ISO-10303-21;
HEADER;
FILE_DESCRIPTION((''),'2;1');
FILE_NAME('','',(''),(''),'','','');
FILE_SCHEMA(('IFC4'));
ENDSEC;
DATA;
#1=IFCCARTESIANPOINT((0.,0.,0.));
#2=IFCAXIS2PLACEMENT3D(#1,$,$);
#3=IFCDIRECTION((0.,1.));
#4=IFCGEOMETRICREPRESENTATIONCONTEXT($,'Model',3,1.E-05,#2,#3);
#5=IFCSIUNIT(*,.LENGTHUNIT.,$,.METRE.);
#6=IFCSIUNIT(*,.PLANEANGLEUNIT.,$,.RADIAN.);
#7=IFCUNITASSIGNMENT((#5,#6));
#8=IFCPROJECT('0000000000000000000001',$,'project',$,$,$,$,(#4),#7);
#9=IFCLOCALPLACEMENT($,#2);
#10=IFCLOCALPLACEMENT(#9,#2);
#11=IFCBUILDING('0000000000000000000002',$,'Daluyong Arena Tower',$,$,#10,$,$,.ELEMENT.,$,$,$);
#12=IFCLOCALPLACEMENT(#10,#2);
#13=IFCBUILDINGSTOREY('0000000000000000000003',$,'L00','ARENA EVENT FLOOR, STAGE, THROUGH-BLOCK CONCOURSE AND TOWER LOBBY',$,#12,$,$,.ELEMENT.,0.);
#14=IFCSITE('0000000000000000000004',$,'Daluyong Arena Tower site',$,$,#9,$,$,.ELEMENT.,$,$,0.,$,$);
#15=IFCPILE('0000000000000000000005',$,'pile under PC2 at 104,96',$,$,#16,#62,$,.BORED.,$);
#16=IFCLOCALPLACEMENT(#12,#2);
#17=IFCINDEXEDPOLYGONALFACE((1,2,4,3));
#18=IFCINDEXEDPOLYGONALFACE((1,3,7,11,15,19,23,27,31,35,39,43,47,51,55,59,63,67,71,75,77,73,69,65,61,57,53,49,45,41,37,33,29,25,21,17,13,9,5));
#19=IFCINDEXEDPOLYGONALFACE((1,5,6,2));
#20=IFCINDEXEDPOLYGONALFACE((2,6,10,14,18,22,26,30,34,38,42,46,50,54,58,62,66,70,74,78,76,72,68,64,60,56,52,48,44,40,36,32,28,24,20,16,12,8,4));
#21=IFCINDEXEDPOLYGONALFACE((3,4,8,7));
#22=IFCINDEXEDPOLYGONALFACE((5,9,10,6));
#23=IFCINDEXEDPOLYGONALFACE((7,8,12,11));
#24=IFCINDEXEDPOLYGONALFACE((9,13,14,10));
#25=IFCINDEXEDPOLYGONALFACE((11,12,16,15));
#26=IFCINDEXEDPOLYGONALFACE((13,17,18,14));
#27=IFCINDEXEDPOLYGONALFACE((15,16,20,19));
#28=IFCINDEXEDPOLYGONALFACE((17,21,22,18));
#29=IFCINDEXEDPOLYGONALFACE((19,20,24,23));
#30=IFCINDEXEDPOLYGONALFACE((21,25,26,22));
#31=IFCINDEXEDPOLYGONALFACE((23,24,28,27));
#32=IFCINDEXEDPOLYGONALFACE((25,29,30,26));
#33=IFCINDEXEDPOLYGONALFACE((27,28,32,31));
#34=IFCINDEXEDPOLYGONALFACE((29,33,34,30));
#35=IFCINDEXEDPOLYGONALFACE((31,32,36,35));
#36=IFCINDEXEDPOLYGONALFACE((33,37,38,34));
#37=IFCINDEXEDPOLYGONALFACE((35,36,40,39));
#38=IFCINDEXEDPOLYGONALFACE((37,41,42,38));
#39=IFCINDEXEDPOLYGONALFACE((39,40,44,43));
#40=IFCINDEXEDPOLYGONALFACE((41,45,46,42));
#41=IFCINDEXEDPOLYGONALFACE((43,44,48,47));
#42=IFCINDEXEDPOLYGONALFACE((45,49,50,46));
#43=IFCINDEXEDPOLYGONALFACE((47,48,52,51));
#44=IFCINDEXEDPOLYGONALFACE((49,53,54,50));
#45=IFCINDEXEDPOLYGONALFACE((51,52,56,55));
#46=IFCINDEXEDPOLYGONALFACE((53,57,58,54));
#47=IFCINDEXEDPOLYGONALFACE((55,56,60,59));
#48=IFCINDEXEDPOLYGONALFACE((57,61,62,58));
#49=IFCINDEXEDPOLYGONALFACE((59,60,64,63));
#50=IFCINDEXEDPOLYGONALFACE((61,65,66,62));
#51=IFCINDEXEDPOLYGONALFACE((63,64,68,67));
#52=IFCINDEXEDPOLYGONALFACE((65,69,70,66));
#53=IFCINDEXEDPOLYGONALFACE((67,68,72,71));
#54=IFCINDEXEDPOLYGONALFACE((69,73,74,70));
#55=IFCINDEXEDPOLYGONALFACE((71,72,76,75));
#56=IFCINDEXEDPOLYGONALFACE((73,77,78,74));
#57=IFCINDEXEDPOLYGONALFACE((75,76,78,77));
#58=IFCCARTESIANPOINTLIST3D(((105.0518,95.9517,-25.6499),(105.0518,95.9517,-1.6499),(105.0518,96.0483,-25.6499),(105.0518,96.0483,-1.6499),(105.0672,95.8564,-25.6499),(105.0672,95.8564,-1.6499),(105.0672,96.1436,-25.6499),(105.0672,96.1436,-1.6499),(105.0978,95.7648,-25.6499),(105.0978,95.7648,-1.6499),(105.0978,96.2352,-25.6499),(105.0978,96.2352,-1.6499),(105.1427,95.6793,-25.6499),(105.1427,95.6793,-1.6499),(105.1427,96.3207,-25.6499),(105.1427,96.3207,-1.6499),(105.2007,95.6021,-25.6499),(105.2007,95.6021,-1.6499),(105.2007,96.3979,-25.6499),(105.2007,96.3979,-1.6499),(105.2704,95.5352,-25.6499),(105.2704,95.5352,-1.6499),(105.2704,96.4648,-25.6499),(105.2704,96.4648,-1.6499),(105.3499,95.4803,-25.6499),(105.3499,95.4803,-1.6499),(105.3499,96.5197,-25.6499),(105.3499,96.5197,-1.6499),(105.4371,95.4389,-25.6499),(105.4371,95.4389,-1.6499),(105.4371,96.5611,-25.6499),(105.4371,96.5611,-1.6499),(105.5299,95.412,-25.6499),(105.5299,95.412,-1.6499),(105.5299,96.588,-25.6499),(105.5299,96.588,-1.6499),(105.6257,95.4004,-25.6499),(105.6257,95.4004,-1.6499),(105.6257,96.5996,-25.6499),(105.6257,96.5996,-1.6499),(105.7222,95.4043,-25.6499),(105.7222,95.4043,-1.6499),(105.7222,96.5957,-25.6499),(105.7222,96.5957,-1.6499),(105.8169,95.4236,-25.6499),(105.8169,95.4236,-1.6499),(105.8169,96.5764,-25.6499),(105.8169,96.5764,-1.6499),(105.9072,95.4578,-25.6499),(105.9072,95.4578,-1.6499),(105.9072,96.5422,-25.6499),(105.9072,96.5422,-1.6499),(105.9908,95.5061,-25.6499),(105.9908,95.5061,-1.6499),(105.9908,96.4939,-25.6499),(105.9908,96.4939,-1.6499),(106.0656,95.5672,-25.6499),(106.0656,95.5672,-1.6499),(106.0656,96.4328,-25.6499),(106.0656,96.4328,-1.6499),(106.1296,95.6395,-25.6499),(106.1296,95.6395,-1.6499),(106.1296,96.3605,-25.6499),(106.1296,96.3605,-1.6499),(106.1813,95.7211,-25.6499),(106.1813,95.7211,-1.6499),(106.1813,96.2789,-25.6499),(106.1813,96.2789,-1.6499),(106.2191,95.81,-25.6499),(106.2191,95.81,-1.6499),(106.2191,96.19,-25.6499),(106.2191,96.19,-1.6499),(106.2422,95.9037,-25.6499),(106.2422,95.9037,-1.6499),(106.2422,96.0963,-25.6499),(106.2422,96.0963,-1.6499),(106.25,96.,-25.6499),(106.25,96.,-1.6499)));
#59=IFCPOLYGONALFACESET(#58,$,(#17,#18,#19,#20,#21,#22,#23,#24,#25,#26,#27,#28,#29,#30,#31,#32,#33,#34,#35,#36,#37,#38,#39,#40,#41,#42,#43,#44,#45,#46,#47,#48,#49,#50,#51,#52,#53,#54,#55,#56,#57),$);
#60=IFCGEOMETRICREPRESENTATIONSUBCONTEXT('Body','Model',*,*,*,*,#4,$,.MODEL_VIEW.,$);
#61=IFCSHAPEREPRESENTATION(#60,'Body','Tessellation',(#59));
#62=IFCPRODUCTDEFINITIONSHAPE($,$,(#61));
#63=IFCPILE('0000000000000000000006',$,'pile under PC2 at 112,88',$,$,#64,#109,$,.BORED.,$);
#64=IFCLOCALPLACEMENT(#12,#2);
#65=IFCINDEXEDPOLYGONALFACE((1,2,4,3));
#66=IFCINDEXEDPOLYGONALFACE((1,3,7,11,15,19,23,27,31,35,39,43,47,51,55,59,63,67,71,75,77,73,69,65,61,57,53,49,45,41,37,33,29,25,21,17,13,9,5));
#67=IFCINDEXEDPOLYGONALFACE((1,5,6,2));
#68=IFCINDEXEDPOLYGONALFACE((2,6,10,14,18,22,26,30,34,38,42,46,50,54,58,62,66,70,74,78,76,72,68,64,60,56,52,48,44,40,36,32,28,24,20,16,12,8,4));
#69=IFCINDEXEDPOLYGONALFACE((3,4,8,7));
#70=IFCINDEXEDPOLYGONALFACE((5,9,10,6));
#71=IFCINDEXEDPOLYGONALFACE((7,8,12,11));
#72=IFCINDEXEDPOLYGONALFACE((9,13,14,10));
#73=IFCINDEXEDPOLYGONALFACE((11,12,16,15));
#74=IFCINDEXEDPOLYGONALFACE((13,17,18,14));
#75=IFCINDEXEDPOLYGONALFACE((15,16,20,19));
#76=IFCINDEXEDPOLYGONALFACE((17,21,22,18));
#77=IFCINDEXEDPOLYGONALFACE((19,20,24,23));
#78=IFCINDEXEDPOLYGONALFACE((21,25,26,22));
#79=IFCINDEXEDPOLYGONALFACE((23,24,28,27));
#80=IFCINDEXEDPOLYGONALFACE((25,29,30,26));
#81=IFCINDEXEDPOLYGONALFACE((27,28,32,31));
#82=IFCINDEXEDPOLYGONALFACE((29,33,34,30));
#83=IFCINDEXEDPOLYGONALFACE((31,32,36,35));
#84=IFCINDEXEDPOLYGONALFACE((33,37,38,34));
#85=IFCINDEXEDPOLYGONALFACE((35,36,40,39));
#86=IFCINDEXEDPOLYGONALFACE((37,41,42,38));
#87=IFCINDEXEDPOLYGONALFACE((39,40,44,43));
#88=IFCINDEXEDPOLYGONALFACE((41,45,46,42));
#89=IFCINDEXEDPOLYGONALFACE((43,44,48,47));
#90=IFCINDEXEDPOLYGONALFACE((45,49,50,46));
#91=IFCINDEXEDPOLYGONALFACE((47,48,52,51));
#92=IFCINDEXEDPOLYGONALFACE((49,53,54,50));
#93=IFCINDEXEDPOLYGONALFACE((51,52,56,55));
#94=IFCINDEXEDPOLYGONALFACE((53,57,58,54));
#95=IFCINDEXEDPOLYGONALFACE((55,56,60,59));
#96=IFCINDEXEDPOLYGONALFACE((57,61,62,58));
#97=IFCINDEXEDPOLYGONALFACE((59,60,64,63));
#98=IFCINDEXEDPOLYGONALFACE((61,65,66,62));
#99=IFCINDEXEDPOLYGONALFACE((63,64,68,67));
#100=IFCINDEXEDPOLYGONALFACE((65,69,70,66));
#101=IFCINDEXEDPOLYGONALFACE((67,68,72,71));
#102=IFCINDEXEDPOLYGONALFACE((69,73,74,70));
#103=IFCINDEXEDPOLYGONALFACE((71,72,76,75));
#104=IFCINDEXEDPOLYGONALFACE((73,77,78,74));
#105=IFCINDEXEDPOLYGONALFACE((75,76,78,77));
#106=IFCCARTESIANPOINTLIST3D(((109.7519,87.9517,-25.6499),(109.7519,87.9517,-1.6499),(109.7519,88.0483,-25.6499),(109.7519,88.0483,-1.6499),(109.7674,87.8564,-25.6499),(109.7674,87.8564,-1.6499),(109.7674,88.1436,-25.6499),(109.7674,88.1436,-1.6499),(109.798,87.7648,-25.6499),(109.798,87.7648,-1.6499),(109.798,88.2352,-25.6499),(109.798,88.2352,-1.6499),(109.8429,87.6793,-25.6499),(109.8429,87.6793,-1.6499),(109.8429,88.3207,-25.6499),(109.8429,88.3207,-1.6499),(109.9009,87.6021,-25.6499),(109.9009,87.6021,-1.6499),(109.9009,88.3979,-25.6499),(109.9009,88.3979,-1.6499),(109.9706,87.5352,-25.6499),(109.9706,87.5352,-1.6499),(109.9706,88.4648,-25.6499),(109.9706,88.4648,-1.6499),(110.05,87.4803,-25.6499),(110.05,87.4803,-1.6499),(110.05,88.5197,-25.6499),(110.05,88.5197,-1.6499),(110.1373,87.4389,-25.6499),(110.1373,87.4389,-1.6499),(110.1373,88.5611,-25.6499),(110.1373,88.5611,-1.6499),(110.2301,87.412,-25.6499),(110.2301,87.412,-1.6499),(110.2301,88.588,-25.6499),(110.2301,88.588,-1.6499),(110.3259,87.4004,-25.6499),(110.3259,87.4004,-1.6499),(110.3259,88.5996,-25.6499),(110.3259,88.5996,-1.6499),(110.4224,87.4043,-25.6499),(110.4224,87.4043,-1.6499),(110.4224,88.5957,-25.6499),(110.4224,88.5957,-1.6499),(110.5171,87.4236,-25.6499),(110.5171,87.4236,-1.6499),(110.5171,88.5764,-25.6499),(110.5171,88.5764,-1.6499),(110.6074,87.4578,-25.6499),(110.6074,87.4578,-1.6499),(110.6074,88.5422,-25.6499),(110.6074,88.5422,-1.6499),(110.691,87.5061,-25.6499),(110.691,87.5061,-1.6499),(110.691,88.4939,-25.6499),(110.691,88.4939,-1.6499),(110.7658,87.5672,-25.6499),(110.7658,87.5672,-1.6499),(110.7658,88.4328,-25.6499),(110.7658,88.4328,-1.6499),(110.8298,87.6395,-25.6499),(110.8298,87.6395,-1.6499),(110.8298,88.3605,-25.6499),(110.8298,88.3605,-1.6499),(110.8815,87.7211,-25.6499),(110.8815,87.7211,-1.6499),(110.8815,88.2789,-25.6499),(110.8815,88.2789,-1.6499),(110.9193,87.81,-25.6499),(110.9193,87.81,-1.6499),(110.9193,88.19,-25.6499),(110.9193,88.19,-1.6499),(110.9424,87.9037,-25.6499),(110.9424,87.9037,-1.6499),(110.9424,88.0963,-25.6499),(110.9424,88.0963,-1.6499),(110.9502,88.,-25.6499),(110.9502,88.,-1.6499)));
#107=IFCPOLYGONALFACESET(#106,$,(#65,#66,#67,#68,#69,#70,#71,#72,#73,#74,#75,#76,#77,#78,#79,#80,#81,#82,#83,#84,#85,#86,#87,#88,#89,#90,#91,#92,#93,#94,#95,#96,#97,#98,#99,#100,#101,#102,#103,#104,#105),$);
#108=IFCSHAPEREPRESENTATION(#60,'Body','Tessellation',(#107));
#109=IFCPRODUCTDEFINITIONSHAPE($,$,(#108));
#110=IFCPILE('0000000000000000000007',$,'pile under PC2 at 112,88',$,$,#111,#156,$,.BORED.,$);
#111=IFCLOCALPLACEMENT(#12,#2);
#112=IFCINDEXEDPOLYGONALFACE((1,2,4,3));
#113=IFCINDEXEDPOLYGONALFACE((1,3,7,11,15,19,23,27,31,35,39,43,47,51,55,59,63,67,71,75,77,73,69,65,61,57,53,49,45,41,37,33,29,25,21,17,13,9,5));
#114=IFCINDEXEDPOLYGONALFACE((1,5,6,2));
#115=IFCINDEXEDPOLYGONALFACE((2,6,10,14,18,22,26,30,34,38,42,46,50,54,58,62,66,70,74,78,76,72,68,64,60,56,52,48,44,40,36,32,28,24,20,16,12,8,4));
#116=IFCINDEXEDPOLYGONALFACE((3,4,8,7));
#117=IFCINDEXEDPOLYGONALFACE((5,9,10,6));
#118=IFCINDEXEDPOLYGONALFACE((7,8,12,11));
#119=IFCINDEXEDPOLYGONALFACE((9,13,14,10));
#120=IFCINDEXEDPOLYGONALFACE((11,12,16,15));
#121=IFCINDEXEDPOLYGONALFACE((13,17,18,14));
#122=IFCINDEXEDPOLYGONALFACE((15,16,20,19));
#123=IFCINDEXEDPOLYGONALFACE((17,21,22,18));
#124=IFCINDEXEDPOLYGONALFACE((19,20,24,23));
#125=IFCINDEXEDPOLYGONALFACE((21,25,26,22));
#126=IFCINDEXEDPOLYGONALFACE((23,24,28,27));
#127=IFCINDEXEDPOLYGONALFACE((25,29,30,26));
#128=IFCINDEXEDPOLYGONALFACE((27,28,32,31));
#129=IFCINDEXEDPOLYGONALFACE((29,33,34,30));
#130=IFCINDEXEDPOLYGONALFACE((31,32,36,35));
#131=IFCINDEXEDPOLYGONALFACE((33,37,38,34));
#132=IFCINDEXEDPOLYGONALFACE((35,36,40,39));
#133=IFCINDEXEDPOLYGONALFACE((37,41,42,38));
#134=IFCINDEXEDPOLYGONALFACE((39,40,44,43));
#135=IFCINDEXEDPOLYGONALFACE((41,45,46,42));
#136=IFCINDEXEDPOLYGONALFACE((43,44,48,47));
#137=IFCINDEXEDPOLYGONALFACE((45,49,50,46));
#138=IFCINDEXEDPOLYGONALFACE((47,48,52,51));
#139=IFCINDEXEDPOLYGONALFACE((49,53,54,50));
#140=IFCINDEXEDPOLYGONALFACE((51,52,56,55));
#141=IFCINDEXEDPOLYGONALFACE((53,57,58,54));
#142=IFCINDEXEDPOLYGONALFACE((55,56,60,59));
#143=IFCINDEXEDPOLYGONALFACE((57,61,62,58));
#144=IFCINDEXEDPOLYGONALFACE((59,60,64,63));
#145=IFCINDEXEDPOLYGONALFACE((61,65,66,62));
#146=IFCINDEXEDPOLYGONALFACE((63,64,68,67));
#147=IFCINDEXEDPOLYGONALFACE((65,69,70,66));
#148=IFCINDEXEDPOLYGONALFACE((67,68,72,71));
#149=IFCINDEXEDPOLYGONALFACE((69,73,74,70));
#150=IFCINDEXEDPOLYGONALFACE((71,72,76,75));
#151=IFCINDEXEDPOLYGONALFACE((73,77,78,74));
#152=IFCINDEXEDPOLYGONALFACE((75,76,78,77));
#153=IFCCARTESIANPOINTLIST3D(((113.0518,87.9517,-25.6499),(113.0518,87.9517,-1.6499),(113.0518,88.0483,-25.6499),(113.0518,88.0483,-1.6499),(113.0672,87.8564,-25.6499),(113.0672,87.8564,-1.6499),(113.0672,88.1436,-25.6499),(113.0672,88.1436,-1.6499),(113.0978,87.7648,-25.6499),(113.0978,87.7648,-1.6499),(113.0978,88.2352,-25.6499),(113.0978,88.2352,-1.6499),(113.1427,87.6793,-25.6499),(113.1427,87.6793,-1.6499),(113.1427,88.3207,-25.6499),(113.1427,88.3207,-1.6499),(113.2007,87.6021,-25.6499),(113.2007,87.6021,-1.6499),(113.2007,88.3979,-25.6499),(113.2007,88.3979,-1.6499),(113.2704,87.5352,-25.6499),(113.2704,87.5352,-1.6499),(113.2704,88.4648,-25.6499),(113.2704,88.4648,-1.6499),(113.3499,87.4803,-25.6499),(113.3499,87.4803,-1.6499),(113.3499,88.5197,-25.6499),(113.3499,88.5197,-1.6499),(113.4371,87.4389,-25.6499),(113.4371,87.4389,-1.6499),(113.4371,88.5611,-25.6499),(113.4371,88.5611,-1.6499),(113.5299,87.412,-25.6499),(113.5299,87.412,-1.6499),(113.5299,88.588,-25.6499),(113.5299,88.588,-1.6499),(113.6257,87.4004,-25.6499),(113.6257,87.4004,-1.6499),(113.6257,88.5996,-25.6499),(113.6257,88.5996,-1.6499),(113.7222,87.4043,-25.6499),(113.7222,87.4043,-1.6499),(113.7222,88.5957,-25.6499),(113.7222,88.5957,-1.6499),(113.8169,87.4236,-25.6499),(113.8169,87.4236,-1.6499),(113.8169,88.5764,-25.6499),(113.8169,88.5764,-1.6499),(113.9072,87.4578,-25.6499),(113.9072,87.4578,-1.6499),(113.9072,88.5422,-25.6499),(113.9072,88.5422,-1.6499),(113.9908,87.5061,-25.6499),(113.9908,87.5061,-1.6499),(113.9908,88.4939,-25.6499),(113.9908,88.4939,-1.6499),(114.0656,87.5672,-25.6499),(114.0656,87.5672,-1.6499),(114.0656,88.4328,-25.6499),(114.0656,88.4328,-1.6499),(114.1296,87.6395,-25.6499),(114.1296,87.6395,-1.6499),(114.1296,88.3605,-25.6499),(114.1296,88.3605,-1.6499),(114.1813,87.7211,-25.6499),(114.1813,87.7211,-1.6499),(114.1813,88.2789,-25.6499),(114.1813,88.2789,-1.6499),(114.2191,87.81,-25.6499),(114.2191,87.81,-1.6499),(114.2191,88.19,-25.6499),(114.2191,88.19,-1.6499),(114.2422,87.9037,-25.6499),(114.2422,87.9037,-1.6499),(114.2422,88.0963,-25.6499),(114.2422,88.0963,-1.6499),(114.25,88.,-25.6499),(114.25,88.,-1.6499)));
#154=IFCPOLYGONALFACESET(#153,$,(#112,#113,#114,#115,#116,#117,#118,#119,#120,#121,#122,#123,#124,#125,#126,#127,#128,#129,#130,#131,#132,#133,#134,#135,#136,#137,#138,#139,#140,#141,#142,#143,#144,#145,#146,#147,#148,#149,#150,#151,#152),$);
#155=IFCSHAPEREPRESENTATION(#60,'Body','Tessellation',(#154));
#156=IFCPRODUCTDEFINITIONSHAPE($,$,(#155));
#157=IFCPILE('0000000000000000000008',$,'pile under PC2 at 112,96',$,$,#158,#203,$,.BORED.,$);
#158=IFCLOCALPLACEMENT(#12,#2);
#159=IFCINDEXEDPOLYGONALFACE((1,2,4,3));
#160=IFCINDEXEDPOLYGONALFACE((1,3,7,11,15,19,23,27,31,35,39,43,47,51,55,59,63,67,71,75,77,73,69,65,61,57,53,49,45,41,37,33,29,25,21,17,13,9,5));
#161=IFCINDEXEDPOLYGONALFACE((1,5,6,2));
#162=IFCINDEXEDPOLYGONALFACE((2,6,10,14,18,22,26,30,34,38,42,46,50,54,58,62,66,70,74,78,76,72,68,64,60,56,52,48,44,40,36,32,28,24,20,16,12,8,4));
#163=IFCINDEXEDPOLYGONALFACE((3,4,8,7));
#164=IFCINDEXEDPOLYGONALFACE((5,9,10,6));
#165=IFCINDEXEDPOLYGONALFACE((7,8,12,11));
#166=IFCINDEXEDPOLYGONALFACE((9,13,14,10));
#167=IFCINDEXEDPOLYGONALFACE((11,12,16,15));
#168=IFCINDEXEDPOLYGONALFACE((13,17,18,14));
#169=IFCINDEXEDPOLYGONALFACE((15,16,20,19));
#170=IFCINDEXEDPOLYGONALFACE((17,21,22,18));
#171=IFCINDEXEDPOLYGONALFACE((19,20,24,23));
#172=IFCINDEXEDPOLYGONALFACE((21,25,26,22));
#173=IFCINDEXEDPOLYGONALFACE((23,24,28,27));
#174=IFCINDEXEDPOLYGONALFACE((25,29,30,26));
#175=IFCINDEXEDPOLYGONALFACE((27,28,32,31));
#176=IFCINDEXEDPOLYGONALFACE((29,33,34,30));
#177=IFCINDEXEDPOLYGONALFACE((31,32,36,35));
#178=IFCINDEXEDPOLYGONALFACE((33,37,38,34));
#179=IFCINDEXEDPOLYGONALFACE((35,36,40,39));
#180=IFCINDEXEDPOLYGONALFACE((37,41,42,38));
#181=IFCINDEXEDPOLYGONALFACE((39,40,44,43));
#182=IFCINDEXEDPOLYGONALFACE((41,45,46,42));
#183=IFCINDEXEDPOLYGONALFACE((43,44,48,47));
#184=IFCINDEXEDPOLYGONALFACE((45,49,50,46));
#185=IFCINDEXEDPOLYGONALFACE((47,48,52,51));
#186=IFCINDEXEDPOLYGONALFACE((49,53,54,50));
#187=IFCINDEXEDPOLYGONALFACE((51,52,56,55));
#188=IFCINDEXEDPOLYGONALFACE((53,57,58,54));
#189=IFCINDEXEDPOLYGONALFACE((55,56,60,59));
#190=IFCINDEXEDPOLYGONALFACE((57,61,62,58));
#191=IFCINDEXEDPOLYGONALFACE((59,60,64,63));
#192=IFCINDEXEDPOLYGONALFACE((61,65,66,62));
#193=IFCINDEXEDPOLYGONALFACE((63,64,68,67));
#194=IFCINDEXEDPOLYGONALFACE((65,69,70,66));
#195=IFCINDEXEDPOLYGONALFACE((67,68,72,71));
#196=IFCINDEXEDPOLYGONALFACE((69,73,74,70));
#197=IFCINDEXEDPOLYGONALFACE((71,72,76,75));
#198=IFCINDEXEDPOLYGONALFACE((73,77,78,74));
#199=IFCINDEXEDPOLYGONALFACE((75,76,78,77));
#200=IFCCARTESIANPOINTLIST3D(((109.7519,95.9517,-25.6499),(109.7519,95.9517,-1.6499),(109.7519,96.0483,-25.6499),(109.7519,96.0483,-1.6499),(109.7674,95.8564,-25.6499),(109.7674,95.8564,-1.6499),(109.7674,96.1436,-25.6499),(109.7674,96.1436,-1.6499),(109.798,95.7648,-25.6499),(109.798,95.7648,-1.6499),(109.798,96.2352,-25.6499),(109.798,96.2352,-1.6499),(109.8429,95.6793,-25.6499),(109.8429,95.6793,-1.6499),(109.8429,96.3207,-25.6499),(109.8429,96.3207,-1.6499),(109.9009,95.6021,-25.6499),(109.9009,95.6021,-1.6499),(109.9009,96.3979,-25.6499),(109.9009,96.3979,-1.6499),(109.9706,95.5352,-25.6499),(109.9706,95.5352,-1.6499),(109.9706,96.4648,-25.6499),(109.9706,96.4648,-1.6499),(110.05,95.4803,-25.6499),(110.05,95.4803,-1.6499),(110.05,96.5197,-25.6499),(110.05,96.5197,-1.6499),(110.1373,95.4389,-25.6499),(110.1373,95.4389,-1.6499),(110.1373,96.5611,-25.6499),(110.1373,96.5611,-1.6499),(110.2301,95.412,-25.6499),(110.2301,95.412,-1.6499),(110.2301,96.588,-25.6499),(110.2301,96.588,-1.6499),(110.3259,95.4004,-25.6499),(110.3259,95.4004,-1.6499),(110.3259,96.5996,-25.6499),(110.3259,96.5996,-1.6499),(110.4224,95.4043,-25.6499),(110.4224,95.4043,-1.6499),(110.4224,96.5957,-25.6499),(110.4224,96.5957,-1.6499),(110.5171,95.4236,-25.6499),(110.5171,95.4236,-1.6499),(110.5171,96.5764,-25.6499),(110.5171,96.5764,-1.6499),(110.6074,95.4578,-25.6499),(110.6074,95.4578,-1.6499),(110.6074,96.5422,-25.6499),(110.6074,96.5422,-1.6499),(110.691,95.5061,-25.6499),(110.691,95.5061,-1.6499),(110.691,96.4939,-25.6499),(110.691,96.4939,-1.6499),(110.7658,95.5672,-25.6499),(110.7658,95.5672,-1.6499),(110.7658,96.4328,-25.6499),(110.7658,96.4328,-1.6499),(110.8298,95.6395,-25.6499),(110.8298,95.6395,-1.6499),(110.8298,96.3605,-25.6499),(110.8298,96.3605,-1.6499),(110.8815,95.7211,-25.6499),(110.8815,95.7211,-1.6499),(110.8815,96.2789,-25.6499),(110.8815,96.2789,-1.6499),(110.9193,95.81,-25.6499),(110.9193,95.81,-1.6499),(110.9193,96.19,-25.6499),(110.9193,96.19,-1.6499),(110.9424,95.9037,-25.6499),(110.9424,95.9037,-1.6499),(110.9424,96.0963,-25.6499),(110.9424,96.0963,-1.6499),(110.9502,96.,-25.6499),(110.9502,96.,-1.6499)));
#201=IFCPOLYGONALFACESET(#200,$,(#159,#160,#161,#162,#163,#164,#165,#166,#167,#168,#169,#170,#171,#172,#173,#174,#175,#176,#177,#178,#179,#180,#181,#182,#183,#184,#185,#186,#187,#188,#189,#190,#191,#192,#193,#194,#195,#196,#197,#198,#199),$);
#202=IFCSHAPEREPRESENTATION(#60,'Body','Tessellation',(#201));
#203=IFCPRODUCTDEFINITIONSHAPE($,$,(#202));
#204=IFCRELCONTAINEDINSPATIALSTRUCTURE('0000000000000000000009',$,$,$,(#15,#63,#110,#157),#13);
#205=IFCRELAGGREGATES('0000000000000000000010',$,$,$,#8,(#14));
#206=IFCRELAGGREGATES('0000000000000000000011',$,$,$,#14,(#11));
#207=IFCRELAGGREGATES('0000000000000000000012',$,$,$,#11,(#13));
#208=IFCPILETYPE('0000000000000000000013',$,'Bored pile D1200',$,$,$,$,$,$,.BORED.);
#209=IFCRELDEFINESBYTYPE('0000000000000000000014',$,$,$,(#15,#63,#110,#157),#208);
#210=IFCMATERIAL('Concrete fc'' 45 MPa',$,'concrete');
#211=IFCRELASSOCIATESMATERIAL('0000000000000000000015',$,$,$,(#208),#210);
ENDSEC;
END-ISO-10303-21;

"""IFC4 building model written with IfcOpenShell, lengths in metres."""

from ifc_helpers import new_model, si_unit, direction, frame, origin, origin_2d, place, context, subcontext, project, spatial, circle, extrude, material, type_object, element, save


model = new_model("IFC4")

# Units and contexts
model_context = context("Model", 3, precision=1e-05, world=origin(), true_north=direction((0.0, 1.0)))
body_context = subcontext(model_context, "Body", "Model", "MODEL_VIEW")
ifc_project = project(units=[si_unit("LENGTHUNIT", "METRE"), si_unit("PLANEANGLEUNIT", "RADIAN")], contexts=[model_context])

# Site, building, storey
site_placement = place(None, origin())
site = spatial("IfcSite", under=ifc_project, at=site_placement, Name="Daluyong Arena Tower site", CompositionType="ELEMENT", RefElevation=0.0)
building_placement = place(site_placement, origin())
building = spatial("IfcBuilding", under=site, at=building_placement, Name="Daluyong Arena Tower", CompositionType="ELEMENT")
storey_placement = place(building_placement, origin())
storey = spatial("IfcBuildingStorey", under=building, at=storey_placement, Name="L00", Description="ARENA EVENT FLOOR, STAGE, THROUGH-BLOCK CONCOURSE AND TOWER LOBBY", CompositionType="ELEMENT", Elevation=0.0)

# Piles
ifc_material_1 = material(Name="Concrete fc' 45 MPa", Category="concrete")
pile_type = type_object("IfcPileType", Name="Bored pile D1200", PredefinedType="BORED", material=ifc_material_1)
for number, where, z_axis, x_axis, name in (
    (1, (105.6499, 96.0, -1.6499), (0.0, 0.0, -1.0), (1.0, 0.0, 0.0), "pile under PC2 at 104,96"),
    (2, (110.3501, 88.0, -1.6499), (0.0, 0.0, -1.0), (1.0, 0.0, 0.0), "pile under PC2 at 112,88"),
    (3, (113.6499, 88.0, -1.6499), (0.0, 0.0, -1.0), (1.0, 0.0, 0.0), "pile under PC2 at 112,88"),
    (4, (110.3501, 96.0, -1.6499), (0.0, 0.0, -1.0), (1.0, 0.0, 0.0), "pile under PC2 at 112,96"),
):
    element("IfcPile", number, at=place(storey_placement, frame(where, z_axis=z_axis, x_axis=x_axis)), inside=storey, type_object=pile_type, Name=name, PredefinedType="BORED", context=body_context, shape_type="SweptSolid", body=[
        extrude(circle(Radius=0.6001, at=origin_2d()), origin(), (0.0, 0.0, 1.0), 24.0),
    ])

save(model, "model.ifc")
